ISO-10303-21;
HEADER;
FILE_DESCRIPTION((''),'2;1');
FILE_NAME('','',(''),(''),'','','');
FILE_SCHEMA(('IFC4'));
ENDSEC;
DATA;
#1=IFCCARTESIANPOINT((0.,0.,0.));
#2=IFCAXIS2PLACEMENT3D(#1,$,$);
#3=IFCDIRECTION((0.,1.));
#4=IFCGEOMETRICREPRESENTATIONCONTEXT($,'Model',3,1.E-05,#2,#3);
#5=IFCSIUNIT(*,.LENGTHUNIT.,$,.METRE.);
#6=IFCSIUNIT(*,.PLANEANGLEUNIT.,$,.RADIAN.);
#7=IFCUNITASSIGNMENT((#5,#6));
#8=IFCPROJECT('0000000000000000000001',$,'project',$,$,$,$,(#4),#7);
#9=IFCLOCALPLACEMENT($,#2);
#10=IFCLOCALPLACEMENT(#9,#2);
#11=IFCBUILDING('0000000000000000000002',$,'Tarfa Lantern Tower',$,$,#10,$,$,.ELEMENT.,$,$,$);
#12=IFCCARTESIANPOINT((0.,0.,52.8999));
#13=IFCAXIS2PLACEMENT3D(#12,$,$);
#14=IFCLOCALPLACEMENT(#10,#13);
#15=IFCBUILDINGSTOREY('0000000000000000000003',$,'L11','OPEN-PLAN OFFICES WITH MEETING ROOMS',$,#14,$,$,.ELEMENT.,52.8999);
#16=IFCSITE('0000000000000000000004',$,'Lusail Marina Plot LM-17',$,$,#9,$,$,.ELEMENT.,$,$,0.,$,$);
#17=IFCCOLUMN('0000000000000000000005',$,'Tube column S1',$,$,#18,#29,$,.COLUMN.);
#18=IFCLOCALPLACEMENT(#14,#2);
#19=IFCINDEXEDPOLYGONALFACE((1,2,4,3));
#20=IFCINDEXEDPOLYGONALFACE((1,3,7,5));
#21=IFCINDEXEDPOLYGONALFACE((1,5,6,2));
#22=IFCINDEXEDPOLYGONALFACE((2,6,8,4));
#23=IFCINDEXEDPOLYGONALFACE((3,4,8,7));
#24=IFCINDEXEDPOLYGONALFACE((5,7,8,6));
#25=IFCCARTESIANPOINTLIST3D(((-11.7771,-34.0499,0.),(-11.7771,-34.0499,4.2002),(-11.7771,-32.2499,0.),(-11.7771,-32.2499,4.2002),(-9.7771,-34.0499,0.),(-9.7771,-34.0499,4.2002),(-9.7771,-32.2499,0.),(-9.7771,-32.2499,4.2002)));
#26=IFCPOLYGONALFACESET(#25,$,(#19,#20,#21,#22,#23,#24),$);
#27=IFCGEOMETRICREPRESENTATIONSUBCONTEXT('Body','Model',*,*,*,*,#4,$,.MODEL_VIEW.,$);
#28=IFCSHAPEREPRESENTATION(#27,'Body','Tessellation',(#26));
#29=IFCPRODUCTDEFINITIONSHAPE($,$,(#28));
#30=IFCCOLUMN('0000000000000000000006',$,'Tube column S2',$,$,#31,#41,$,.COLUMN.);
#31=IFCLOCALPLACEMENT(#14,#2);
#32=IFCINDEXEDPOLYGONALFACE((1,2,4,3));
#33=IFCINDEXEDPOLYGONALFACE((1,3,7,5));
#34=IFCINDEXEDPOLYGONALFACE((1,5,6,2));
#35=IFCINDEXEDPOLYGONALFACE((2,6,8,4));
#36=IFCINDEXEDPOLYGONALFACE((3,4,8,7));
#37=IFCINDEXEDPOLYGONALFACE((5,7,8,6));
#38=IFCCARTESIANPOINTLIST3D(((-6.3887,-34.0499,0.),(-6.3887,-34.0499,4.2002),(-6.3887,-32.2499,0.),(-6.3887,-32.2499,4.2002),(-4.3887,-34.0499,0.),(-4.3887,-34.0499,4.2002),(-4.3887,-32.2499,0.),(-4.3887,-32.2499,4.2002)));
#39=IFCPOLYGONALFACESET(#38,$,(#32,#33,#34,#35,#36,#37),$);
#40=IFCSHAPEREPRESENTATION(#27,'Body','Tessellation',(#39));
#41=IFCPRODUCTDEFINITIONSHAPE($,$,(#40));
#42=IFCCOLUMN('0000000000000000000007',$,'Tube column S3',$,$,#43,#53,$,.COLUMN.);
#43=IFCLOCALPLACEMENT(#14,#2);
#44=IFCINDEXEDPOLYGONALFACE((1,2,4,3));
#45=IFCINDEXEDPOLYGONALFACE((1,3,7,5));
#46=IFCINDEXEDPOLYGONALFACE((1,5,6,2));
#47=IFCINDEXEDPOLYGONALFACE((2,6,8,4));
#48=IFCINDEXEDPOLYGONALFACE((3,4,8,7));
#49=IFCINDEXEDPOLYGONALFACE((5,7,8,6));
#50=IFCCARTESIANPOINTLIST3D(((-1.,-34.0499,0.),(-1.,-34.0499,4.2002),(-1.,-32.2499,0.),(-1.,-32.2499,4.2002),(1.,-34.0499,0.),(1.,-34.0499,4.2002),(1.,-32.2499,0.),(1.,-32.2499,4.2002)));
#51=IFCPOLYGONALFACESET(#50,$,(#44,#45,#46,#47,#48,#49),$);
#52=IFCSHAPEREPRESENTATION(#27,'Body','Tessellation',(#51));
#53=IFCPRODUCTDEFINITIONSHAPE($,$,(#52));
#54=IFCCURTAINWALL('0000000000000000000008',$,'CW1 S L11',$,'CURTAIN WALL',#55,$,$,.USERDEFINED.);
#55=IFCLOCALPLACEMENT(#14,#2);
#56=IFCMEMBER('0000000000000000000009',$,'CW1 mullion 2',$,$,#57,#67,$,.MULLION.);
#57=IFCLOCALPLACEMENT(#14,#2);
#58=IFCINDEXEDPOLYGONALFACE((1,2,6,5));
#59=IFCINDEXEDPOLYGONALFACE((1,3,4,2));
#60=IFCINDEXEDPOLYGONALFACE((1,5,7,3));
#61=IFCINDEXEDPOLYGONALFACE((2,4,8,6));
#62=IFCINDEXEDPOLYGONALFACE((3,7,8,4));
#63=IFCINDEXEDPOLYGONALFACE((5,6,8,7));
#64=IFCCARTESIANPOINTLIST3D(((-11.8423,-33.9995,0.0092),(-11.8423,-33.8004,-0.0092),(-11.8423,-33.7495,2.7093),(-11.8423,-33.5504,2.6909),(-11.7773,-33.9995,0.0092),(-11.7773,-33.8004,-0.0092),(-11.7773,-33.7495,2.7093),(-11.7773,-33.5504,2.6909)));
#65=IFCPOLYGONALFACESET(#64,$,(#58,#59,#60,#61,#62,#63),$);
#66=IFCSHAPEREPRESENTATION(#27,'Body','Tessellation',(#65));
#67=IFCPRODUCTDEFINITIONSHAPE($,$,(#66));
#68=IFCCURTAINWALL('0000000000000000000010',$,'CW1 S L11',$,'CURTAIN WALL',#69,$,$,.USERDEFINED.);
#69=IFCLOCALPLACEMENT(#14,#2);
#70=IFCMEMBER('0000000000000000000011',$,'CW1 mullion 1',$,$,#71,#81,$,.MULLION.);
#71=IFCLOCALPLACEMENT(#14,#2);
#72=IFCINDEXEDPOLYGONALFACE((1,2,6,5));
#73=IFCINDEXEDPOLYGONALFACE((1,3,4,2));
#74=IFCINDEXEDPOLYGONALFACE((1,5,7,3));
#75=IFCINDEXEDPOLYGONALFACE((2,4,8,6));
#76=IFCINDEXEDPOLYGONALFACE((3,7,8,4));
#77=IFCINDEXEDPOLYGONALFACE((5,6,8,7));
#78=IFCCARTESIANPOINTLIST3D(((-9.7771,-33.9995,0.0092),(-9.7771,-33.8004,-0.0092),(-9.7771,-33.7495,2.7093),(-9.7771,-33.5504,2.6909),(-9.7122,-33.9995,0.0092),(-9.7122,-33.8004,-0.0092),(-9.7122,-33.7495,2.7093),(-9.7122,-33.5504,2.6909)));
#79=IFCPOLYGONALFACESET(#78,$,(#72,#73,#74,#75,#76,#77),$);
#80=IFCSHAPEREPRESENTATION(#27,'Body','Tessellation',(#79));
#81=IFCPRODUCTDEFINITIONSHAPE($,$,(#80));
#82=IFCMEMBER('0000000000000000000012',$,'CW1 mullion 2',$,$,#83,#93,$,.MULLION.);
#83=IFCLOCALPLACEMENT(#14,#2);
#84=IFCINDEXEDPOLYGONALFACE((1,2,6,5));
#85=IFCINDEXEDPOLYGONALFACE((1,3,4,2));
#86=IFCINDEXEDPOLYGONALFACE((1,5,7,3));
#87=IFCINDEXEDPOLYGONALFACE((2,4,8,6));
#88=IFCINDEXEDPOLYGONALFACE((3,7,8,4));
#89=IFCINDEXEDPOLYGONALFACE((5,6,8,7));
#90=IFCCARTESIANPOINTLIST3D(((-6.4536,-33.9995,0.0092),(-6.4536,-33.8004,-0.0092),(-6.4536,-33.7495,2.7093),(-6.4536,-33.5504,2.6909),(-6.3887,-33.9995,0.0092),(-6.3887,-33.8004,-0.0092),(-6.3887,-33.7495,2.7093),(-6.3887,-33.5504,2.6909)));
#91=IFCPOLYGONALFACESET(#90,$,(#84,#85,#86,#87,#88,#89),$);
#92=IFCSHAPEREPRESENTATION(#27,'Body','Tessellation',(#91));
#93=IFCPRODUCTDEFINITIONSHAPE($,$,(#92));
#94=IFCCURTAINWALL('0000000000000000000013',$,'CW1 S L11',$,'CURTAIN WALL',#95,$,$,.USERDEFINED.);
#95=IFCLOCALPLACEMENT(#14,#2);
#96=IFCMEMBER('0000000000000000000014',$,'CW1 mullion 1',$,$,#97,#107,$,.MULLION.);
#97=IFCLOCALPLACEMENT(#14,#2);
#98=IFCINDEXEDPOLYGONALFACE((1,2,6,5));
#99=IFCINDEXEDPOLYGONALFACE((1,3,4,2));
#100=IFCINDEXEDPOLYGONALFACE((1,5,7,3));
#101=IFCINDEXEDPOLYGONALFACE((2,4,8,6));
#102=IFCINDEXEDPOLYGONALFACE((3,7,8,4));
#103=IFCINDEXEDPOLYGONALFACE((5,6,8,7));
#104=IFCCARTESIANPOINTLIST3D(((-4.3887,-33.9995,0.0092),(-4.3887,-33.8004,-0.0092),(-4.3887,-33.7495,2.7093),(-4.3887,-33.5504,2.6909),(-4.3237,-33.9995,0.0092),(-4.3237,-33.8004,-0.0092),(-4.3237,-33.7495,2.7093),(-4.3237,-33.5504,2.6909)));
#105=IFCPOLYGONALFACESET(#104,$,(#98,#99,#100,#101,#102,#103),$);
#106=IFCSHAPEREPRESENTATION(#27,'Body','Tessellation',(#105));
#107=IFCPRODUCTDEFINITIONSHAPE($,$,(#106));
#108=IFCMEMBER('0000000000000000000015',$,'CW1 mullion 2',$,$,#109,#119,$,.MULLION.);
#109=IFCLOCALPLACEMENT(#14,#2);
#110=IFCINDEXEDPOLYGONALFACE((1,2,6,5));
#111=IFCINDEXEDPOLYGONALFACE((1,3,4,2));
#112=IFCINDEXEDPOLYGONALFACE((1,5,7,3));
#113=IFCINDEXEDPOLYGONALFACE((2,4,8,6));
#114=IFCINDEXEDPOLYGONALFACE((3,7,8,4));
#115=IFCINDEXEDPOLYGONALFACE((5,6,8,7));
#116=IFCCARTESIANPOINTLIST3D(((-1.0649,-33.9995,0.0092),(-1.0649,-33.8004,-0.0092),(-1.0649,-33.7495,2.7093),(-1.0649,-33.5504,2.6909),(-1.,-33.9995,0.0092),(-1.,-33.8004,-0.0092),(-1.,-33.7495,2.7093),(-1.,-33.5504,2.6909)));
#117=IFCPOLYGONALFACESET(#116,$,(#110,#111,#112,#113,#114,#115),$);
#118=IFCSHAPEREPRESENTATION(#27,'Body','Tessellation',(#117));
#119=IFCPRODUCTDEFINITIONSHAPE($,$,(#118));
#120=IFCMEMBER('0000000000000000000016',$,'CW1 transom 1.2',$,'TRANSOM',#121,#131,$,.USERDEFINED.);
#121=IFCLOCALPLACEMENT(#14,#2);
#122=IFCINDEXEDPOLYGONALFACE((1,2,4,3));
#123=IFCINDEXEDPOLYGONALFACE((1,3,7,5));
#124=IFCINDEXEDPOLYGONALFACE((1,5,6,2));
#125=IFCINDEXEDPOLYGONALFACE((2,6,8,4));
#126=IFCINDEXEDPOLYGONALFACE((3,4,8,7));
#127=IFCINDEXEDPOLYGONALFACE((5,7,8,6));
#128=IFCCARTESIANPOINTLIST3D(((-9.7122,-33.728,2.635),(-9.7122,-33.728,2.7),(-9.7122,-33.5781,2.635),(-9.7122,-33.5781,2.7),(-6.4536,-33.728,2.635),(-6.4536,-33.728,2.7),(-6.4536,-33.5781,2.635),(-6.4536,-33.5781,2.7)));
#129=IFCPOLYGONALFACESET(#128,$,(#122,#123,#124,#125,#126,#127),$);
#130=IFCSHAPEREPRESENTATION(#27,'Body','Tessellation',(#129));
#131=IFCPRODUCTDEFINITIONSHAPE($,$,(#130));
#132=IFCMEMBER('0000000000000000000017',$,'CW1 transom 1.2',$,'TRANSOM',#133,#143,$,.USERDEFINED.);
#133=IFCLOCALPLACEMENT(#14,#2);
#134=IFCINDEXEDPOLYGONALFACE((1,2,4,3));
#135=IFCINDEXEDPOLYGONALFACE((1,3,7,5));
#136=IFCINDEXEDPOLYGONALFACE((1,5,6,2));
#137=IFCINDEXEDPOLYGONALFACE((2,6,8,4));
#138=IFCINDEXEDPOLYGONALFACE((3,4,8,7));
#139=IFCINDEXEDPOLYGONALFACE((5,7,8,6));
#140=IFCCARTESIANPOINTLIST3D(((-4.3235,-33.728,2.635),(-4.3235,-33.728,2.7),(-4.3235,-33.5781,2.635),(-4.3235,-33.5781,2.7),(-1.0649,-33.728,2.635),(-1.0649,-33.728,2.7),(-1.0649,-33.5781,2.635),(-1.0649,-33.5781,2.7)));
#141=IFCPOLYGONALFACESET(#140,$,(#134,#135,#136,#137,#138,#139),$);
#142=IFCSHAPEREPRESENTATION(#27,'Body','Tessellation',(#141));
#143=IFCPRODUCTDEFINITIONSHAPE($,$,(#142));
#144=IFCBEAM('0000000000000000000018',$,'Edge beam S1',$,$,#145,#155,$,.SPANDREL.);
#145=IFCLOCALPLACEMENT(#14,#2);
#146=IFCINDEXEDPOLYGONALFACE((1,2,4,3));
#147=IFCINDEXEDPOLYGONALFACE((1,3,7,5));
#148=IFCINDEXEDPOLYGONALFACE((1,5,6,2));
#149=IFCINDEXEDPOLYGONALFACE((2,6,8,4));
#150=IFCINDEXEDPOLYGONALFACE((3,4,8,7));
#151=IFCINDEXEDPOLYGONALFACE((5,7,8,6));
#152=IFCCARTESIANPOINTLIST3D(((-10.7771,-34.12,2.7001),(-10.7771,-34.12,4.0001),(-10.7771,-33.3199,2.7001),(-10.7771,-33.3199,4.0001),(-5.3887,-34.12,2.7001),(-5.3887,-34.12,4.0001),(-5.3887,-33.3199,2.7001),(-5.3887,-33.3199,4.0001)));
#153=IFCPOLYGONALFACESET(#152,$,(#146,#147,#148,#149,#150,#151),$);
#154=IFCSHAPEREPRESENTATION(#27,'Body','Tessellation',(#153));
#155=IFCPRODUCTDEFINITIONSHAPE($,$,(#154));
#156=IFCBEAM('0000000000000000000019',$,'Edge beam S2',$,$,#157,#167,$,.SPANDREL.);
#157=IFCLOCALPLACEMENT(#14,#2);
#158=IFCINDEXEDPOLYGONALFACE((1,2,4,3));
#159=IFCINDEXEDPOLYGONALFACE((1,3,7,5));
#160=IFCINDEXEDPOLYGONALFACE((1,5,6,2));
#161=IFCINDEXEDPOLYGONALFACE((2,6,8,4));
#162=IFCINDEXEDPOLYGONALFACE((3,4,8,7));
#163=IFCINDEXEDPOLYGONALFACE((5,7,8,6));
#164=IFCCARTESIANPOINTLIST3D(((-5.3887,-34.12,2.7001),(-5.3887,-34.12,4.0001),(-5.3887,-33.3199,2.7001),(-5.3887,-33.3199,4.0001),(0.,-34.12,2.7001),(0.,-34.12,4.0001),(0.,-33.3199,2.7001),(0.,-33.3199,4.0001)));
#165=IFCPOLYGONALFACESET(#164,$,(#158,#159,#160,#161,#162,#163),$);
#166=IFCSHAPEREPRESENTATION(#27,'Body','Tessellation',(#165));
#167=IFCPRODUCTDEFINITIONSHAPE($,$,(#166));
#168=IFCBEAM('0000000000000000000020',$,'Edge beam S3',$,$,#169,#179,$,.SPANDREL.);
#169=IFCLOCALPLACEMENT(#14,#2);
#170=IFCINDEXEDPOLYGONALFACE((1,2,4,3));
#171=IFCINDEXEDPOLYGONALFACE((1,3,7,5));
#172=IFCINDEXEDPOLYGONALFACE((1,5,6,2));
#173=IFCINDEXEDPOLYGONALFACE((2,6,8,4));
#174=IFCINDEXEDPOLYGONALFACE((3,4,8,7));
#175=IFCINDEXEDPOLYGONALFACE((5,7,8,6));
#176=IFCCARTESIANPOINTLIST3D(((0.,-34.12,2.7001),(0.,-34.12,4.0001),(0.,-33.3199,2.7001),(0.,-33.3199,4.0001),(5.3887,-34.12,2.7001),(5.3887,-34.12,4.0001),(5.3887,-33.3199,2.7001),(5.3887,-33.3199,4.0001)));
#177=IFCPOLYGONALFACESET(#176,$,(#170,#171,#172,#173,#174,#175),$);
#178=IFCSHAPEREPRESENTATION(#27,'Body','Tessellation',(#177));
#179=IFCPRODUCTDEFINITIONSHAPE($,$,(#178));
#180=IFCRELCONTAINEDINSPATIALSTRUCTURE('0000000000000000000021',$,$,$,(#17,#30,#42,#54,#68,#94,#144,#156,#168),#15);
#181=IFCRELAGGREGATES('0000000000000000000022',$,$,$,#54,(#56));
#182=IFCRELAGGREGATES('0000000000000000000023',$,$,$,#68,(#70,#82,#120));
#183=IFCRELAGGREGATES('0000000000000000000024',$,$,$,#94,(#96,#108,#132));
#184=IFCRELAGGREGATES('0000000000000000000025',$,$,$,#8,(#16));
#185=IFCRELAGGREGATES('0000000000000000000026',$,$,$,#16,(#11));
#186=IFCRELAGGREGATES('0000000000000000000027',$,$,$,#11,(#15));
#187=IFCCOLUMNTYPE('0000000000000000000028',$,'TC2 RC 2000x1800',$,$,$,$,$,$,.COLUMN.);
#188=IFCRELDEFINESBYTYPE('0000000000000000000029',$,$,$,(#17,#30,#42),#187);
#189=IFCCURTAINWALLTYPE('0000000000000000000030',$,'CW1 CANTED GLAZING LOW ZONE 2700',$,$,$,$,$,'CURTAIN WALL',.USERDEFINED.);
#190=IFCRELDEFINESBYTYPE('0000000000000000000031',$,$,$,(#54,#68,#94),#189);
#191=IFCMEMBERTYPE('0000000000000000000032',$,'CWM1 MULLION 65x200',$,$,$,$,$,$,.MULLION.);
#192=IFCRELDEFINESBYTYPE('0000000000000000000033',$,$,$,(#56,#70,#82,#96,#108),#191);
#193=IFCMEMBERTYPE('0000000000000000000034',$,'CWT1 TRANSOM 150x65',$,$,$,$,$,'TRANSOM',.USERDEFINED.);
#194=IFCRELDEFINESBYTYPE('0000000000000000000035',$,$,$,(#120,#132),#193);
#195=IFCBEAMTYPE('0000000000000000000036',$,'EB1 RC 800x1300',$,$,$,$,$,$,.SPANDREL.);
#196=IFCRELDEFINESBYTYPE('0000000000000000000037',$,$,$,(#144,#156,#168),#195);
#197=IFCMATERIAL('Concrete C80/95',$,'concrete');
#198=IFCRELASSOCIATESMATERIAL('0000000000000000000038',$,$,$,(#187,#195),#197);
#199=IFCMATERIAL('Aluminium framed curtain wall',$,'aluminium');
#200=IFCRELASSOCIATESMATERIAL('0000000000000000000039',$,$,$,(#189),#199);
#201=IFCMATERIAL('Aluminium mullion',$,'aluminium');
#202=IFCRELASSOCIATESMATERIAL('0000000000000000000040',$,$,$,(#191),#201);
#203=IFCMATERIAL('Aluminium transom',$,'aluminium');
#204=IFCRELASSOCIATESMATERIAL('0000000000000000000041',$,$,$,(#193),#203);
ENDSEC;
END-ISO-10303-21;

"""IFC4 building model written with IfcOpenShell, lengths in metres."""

from ifc_helpers import new_model, si_unit, direction, frame, origin, origin_2d, place, context, subcontext, project, spatial, rectangle, extrude, material, material_profile, profile_set, type_object, element, aggregate, save


model = new_model("IFC4")

# Units and contexts
model_context = context("Model", 3, precision=1e-05, world=origin(), true_north=direction((0.0, 1.0)))
body_context = subcontext(model_context, "Body", "Model", "MODEL_VIEW")
ifc_project = project(units=[si_unit("LENGTHUNIT", "METRE"), si_unit("PLANEANGLEUNIT", "RADIAN")], contexts=[model_context])

# Site, building, storey
site_placement = place(None, origin())
site = spatial("IfcSite", under=ifc_project, at=site_placement, Name="Lusail Marina Plot LM-17", CompositionType="ELEMENT", RefElevation=0.0)
building_placement = place(site_placement, origin())
building = spatial("IfcBuilding", under=site, at=building_placement, Name="Tarfa Lantern Tower", CompositionType="ELEMENT")
storey_placement = place(building_placement, frame((0.0, 0.0, 52.8999)))
storey = spatial("IfcBuildingStorey", under=building, at=storey_placement, Name="L11", Description="OPEN-PLAN OFFICES WITH MEETING ROOMS", CompositionType="ELEMENT", Elevation=52.8999)

# Columns
ifc_material_1 = material(Name="Concrete C80/95", Category="concrete")
ifc_material_profile_1 = material_profile(ifc_material_1, rectangle(XDim=2.0, YDim=1.8, at=origin_2d()), Name="RC 2000x1800")
ifc_profile_set_1 = profile_set([ifc_material_profile_1], Name="Concrete C80/95")
column_type = type_object("IfcColumnType", Name="TC2 RC 2000x1800", PredefinedType="COLUMN", material=ifc_profile_set_1)
for number, where, z_axis, x_axis, name in (
    (1, (-10.7771, -33.1499, 0.0), (0.0, 0.0, 1.0), (1.0, 0.0, 0.0), "Tube column S1"),
    (2, (-5.3887, -33.1499, 0.0), (0.0, 0.0, 1.0), (1.0, 0.0, 0.0), "Tube column S2"),
    (3, (0.0, -33.1499, 0.0), (0.0, 0.0, 1.0), (1.0, 0.0, 0.0), "Tube column S3"),
):
    element("IfcColumn", number, at=place(storey_placement, frame(where, z_axis=z_axis, x_axis=x_axis)), inside=storey, type_object=column_type, Name=name, PredefinedType="COLUMN", context=body_context, shape_type="SweptSolid", body=[
        extrude(rectangle(XDim=2.0, YDim=1.8, at=origin_2d()), origin(), (0.0, 0.0, 1.0), 4.2002),
    ])

# Curtain wall, member
ifc_material_2 = material(Name="Aluminium framed curtain wall", Category="aluminium")
curtain_wall_type = type_object("IfcCurtainWallType", Name="CW1 CANTED GLAZING LOW ZONE 2700", ElementType="CURTAIN WALL", PredefinedType="USERDEFINED", material=ifc_material_2)
curtain_wall_1_placement = place(storey_placement, origin())
curtain_wall_1 = element("IfcCurtainWall", 4, at=curtain_wall_1_placement, inside=storey, type_object=curtain_wall_type, Name="CW1 S L11", ObjectType="CURTAIN WALL", PredefinedType="USERDEFINED")
ifc_material_3 = material(Name="Aluminium mullion", Category="aluminium")
ifc_material_profile_2 = material_profile(ifc_material_3, rectangle(XDim=0.0649, YDim=0.2, at=origin_2d()), Name="AL MULLION 65x200")
ifc_profile_set_2 = profile_set([ifc_material_profile_2], Name="Aluminium mullion")
member_type_1 = type_object("IfcMemberType", Name="CWM1 MULLION 65x200", PredefinedType="MULLION", material=ifc_profile_set_2)
member_1_placement = place(storey_placement, frame((-11.8098, -33.8999, 0.0), z_axis=(0.0, 0.092192, 0.995741), x_axis=(-1.0, 0.0, 0.0)))
member_1 = element("IfcMember", 5, at=member_1_placement, type_object=member_type_1, Name="CW1 mullion 2", PredefinedType="MULLION", context=body_context, shape_type="SweptSolid", body=[
    extrude(rectangle(XDim=0.0649, YDim=0.2, at=origin_2d()), origin(), (0.0, 0.0, 1.0), 2.7117),
])
aggregate(curtain_wall_1, [member_1])

# Curtain walls, members
curtain_wall_2_placement = place(storey_placement, origin())
curtain_wall_2 = element("IfcCurtainWall", 6, at=curtain_wall_2_placement, inside=storey, type_object=curtain_wall_type, Name="CW1 S L11", ObjectType="CURTAIN WALL", PredefinedType="USERDEFINED")
member_2_placement = place(storey_placement, frame((-9.7446, -33.8999, 0.0), z_axis=(0.0, 0.092192, 0.995741), x_axis=(-1.0, 0.0, 0.0)))
member_2 = element("IfcMember", 7, at=member_2_placement, type_object=member_type_1, Name="CW1 mullion 1", PredefinedType="MULLION", context=body_context, shape_type="SweptSolid", body=[
    extrude(rectangle(XDim=0.0649, YDim=0.2, at=origin_2d()), origin(), (0.0, 0.0, 1.0), 2.7117),
])
member_3_placement = place(storey_placement, frame((-6.4211, -33.8999, 0.0), z_axis=(0.0, 0.092192, 0.995741), x_axis=(-1.0, 0.0, 0.0)))
member_3 = element("IfcMember", 8, at=member_3_placement, type_object=member_type_1, Name="CW1 mullion 2", PredefinedType="MULLION", context=body_context, shape_type="SweptSolid", body=[
    extrude(rectangle(XDim=0.0649, YDim=0.2, at=origin_2d()), origin(), (0.0, 0.0, 1.0), 2.7117),
])
curtain_wall_3_placement = place(storey_placement, origin())
curtain_wall_3 = element("IfcCurtainWall", 9, at=curtain_wall_3_placement, inside=storey, type_object=curtain_wall_type, Name="CW1 S L11", ObjectType="CURTAIN WALL", PredefinedType="USERDEFINED")
member_4_placement = place(storey_placement, frame((-4.3562, -33.8999, 0.0), z_axis=(0.0, 0.092192, 0.995741), x_axis=(-1.0, 0.0, 0.0)))
member_4 = element("IfcMember", 10, at=member_4_placement, type_object=member_type_1, Name="CW1 mullion 1", PredefinedType="MULLION", context=body_context, shape_type="SweptSolid", body=[
    extrude(rectangle(XDim=0.0649, YDim=0.2, at=origin_2d()), origin(), (0.0, 0.0, 1.0), 2.7117),
])
member_5_placement = place(storey_placement, frame((-1.0325, -33.8999, 0.0), z_axis=(0.0, 0.092192, 0.995741), x_axis=(-1.0, 0.0, 0.0)))
member_5 = element("IfcMember", 11, at=member_5_placement, type_object=member_type_1, Name="CW1 mullion 2", PredefinedType="MULLION", context=body_context, shape_type="SweptSolid", body=[
    extrude(rectangle(XDim=0.0649, YDim=0.2, at=origin_2d()), origin(), (0.0, 0.0, 1.0), 2.7117),
])

# Members
ifc_material_4 = material(Name="Aluminium transom", Category="aluminium")
ifc_material_profile_3 = material_profile(ifc_material_4, rectangle(XDim=0.1499, YDim=0.0649, at=origin_2d()), Name="AL TRANSOM 150x65")
ifc_profile_set_3 = profile_set([ifc_material_profile_3], Name="Aluminium transom")
member_type_2 = type_object("IfcMemberType", Name="CWT1 TRANSOM 150x65", ElementType="TRANSOM", PredefinedType="USERDEFINED", material=ifc_profile_set_3)
member_6_placement = place(storey_placement, frame((-9.7122, -33.6531, 2.6675), z_axis=(1.0, 0.0, 0.0), x_axis=(0.0, 1.0, 0.0)))
member_6 = element("IfcMember", 12, at=member_6_placement, type_object=member_type_2, Name="CW1 transom 1.2", ObjectType="TRANSOM", PredefinedType="USERDEFINED", context=body_context, shape_type="SweptSolid", body=[
    extrude(rectangle(XDim=0.1499, YDim=0.0649, at=origin_2d()), origin(), (0.0, 0.0, 1.0), 3.2585),
])
member_7_placement = place(storey_placement, frame((-4.3235, -33.6531, 2.6675), z_axis=(1.0, 0.0, 0.0), x_axis=(0.0, 1.0, 0.0)))
member_7 = element("IfcMember", 13, at=member_7_placement, type_object=member_type_2, Name="CW1 transom 1.2", ObjectType="TRANSOM", PredefinedType="USERDEFINED", context=body_context, shape_type="SweptSolid", body=[
    extrude(rectangle(XDim=0.1499, YDim=0.0649, at=origin_2d()), origin(), (0.0, 0.0, 1.0), 3.2585),
])

# Beams
ifc_material_profile_4 = material_profile(ifc_material_1, rectangle(XDim=0.8, YDim=1.3, at=origin_2d()), Name="RC 800x1300")
ifc_profile_set_4 = profile_set([ifc_material_profile_4], Name="Concrete C80/95")
beam_type_1 = type_object("IfcBeamType", Name="EB1 RC 800x1300", PredefinedType="SPANDREL", material=ifc_profile_set_4)
beam_placement = place(storey_placement, frame((-10.7771, -33.72, 3.3501), z_axis=(1.0, 0.0, 0.0), x_axis=(0.0, 1.0, 0.0)))
element("IfcBeam", 14, at=beam_placement, inside=storey, type_object=beam_type_1, Name="Edge beam S1", PredefinedType="SPANDREL", context=body_context, shape_type="SweptSolid", body=[
    extrude(rectangle(XDim=0.8, YDim=1.3, at=origin_2d()), origin(), (0.0, 0.0, 1.0), 5.3884),
])
for number, where, z_axis, x_axis, name in (
    (15, (-5.3887, -33.72, 3.3501), (1.0, 0.0, 0.0), (0.0, 1.0, 0.0), "Edge beam S2"),
    (16, (0.0, -33.72, 3.3501), (1.0, 0.0, 0.0), (0.0, 1.0, 0.0), "Edge beam S3"),
):
    element("IfcBeam", number, at=place(storey_placement, frame(where, z_axis=z_axis, x_axis=x_axis)), inside=storey, type_object=beam_type_1, Name=name, PredefinedType="SPANDREL", context=body_context, shape_type="SweptSolid", body=[
        extrude(rectangle(XDim=0.8, YDim=1.3, at=origin_2d()), origin(), (0.0, 0.0, 1.0), 5.3887),
    ])

aggregate(curtain_wall_2, [member_2, member_3, member_6])
aggregate(curtain_wall_3, [member_4, member_5, member_7])

save(model, "model.ifc")
